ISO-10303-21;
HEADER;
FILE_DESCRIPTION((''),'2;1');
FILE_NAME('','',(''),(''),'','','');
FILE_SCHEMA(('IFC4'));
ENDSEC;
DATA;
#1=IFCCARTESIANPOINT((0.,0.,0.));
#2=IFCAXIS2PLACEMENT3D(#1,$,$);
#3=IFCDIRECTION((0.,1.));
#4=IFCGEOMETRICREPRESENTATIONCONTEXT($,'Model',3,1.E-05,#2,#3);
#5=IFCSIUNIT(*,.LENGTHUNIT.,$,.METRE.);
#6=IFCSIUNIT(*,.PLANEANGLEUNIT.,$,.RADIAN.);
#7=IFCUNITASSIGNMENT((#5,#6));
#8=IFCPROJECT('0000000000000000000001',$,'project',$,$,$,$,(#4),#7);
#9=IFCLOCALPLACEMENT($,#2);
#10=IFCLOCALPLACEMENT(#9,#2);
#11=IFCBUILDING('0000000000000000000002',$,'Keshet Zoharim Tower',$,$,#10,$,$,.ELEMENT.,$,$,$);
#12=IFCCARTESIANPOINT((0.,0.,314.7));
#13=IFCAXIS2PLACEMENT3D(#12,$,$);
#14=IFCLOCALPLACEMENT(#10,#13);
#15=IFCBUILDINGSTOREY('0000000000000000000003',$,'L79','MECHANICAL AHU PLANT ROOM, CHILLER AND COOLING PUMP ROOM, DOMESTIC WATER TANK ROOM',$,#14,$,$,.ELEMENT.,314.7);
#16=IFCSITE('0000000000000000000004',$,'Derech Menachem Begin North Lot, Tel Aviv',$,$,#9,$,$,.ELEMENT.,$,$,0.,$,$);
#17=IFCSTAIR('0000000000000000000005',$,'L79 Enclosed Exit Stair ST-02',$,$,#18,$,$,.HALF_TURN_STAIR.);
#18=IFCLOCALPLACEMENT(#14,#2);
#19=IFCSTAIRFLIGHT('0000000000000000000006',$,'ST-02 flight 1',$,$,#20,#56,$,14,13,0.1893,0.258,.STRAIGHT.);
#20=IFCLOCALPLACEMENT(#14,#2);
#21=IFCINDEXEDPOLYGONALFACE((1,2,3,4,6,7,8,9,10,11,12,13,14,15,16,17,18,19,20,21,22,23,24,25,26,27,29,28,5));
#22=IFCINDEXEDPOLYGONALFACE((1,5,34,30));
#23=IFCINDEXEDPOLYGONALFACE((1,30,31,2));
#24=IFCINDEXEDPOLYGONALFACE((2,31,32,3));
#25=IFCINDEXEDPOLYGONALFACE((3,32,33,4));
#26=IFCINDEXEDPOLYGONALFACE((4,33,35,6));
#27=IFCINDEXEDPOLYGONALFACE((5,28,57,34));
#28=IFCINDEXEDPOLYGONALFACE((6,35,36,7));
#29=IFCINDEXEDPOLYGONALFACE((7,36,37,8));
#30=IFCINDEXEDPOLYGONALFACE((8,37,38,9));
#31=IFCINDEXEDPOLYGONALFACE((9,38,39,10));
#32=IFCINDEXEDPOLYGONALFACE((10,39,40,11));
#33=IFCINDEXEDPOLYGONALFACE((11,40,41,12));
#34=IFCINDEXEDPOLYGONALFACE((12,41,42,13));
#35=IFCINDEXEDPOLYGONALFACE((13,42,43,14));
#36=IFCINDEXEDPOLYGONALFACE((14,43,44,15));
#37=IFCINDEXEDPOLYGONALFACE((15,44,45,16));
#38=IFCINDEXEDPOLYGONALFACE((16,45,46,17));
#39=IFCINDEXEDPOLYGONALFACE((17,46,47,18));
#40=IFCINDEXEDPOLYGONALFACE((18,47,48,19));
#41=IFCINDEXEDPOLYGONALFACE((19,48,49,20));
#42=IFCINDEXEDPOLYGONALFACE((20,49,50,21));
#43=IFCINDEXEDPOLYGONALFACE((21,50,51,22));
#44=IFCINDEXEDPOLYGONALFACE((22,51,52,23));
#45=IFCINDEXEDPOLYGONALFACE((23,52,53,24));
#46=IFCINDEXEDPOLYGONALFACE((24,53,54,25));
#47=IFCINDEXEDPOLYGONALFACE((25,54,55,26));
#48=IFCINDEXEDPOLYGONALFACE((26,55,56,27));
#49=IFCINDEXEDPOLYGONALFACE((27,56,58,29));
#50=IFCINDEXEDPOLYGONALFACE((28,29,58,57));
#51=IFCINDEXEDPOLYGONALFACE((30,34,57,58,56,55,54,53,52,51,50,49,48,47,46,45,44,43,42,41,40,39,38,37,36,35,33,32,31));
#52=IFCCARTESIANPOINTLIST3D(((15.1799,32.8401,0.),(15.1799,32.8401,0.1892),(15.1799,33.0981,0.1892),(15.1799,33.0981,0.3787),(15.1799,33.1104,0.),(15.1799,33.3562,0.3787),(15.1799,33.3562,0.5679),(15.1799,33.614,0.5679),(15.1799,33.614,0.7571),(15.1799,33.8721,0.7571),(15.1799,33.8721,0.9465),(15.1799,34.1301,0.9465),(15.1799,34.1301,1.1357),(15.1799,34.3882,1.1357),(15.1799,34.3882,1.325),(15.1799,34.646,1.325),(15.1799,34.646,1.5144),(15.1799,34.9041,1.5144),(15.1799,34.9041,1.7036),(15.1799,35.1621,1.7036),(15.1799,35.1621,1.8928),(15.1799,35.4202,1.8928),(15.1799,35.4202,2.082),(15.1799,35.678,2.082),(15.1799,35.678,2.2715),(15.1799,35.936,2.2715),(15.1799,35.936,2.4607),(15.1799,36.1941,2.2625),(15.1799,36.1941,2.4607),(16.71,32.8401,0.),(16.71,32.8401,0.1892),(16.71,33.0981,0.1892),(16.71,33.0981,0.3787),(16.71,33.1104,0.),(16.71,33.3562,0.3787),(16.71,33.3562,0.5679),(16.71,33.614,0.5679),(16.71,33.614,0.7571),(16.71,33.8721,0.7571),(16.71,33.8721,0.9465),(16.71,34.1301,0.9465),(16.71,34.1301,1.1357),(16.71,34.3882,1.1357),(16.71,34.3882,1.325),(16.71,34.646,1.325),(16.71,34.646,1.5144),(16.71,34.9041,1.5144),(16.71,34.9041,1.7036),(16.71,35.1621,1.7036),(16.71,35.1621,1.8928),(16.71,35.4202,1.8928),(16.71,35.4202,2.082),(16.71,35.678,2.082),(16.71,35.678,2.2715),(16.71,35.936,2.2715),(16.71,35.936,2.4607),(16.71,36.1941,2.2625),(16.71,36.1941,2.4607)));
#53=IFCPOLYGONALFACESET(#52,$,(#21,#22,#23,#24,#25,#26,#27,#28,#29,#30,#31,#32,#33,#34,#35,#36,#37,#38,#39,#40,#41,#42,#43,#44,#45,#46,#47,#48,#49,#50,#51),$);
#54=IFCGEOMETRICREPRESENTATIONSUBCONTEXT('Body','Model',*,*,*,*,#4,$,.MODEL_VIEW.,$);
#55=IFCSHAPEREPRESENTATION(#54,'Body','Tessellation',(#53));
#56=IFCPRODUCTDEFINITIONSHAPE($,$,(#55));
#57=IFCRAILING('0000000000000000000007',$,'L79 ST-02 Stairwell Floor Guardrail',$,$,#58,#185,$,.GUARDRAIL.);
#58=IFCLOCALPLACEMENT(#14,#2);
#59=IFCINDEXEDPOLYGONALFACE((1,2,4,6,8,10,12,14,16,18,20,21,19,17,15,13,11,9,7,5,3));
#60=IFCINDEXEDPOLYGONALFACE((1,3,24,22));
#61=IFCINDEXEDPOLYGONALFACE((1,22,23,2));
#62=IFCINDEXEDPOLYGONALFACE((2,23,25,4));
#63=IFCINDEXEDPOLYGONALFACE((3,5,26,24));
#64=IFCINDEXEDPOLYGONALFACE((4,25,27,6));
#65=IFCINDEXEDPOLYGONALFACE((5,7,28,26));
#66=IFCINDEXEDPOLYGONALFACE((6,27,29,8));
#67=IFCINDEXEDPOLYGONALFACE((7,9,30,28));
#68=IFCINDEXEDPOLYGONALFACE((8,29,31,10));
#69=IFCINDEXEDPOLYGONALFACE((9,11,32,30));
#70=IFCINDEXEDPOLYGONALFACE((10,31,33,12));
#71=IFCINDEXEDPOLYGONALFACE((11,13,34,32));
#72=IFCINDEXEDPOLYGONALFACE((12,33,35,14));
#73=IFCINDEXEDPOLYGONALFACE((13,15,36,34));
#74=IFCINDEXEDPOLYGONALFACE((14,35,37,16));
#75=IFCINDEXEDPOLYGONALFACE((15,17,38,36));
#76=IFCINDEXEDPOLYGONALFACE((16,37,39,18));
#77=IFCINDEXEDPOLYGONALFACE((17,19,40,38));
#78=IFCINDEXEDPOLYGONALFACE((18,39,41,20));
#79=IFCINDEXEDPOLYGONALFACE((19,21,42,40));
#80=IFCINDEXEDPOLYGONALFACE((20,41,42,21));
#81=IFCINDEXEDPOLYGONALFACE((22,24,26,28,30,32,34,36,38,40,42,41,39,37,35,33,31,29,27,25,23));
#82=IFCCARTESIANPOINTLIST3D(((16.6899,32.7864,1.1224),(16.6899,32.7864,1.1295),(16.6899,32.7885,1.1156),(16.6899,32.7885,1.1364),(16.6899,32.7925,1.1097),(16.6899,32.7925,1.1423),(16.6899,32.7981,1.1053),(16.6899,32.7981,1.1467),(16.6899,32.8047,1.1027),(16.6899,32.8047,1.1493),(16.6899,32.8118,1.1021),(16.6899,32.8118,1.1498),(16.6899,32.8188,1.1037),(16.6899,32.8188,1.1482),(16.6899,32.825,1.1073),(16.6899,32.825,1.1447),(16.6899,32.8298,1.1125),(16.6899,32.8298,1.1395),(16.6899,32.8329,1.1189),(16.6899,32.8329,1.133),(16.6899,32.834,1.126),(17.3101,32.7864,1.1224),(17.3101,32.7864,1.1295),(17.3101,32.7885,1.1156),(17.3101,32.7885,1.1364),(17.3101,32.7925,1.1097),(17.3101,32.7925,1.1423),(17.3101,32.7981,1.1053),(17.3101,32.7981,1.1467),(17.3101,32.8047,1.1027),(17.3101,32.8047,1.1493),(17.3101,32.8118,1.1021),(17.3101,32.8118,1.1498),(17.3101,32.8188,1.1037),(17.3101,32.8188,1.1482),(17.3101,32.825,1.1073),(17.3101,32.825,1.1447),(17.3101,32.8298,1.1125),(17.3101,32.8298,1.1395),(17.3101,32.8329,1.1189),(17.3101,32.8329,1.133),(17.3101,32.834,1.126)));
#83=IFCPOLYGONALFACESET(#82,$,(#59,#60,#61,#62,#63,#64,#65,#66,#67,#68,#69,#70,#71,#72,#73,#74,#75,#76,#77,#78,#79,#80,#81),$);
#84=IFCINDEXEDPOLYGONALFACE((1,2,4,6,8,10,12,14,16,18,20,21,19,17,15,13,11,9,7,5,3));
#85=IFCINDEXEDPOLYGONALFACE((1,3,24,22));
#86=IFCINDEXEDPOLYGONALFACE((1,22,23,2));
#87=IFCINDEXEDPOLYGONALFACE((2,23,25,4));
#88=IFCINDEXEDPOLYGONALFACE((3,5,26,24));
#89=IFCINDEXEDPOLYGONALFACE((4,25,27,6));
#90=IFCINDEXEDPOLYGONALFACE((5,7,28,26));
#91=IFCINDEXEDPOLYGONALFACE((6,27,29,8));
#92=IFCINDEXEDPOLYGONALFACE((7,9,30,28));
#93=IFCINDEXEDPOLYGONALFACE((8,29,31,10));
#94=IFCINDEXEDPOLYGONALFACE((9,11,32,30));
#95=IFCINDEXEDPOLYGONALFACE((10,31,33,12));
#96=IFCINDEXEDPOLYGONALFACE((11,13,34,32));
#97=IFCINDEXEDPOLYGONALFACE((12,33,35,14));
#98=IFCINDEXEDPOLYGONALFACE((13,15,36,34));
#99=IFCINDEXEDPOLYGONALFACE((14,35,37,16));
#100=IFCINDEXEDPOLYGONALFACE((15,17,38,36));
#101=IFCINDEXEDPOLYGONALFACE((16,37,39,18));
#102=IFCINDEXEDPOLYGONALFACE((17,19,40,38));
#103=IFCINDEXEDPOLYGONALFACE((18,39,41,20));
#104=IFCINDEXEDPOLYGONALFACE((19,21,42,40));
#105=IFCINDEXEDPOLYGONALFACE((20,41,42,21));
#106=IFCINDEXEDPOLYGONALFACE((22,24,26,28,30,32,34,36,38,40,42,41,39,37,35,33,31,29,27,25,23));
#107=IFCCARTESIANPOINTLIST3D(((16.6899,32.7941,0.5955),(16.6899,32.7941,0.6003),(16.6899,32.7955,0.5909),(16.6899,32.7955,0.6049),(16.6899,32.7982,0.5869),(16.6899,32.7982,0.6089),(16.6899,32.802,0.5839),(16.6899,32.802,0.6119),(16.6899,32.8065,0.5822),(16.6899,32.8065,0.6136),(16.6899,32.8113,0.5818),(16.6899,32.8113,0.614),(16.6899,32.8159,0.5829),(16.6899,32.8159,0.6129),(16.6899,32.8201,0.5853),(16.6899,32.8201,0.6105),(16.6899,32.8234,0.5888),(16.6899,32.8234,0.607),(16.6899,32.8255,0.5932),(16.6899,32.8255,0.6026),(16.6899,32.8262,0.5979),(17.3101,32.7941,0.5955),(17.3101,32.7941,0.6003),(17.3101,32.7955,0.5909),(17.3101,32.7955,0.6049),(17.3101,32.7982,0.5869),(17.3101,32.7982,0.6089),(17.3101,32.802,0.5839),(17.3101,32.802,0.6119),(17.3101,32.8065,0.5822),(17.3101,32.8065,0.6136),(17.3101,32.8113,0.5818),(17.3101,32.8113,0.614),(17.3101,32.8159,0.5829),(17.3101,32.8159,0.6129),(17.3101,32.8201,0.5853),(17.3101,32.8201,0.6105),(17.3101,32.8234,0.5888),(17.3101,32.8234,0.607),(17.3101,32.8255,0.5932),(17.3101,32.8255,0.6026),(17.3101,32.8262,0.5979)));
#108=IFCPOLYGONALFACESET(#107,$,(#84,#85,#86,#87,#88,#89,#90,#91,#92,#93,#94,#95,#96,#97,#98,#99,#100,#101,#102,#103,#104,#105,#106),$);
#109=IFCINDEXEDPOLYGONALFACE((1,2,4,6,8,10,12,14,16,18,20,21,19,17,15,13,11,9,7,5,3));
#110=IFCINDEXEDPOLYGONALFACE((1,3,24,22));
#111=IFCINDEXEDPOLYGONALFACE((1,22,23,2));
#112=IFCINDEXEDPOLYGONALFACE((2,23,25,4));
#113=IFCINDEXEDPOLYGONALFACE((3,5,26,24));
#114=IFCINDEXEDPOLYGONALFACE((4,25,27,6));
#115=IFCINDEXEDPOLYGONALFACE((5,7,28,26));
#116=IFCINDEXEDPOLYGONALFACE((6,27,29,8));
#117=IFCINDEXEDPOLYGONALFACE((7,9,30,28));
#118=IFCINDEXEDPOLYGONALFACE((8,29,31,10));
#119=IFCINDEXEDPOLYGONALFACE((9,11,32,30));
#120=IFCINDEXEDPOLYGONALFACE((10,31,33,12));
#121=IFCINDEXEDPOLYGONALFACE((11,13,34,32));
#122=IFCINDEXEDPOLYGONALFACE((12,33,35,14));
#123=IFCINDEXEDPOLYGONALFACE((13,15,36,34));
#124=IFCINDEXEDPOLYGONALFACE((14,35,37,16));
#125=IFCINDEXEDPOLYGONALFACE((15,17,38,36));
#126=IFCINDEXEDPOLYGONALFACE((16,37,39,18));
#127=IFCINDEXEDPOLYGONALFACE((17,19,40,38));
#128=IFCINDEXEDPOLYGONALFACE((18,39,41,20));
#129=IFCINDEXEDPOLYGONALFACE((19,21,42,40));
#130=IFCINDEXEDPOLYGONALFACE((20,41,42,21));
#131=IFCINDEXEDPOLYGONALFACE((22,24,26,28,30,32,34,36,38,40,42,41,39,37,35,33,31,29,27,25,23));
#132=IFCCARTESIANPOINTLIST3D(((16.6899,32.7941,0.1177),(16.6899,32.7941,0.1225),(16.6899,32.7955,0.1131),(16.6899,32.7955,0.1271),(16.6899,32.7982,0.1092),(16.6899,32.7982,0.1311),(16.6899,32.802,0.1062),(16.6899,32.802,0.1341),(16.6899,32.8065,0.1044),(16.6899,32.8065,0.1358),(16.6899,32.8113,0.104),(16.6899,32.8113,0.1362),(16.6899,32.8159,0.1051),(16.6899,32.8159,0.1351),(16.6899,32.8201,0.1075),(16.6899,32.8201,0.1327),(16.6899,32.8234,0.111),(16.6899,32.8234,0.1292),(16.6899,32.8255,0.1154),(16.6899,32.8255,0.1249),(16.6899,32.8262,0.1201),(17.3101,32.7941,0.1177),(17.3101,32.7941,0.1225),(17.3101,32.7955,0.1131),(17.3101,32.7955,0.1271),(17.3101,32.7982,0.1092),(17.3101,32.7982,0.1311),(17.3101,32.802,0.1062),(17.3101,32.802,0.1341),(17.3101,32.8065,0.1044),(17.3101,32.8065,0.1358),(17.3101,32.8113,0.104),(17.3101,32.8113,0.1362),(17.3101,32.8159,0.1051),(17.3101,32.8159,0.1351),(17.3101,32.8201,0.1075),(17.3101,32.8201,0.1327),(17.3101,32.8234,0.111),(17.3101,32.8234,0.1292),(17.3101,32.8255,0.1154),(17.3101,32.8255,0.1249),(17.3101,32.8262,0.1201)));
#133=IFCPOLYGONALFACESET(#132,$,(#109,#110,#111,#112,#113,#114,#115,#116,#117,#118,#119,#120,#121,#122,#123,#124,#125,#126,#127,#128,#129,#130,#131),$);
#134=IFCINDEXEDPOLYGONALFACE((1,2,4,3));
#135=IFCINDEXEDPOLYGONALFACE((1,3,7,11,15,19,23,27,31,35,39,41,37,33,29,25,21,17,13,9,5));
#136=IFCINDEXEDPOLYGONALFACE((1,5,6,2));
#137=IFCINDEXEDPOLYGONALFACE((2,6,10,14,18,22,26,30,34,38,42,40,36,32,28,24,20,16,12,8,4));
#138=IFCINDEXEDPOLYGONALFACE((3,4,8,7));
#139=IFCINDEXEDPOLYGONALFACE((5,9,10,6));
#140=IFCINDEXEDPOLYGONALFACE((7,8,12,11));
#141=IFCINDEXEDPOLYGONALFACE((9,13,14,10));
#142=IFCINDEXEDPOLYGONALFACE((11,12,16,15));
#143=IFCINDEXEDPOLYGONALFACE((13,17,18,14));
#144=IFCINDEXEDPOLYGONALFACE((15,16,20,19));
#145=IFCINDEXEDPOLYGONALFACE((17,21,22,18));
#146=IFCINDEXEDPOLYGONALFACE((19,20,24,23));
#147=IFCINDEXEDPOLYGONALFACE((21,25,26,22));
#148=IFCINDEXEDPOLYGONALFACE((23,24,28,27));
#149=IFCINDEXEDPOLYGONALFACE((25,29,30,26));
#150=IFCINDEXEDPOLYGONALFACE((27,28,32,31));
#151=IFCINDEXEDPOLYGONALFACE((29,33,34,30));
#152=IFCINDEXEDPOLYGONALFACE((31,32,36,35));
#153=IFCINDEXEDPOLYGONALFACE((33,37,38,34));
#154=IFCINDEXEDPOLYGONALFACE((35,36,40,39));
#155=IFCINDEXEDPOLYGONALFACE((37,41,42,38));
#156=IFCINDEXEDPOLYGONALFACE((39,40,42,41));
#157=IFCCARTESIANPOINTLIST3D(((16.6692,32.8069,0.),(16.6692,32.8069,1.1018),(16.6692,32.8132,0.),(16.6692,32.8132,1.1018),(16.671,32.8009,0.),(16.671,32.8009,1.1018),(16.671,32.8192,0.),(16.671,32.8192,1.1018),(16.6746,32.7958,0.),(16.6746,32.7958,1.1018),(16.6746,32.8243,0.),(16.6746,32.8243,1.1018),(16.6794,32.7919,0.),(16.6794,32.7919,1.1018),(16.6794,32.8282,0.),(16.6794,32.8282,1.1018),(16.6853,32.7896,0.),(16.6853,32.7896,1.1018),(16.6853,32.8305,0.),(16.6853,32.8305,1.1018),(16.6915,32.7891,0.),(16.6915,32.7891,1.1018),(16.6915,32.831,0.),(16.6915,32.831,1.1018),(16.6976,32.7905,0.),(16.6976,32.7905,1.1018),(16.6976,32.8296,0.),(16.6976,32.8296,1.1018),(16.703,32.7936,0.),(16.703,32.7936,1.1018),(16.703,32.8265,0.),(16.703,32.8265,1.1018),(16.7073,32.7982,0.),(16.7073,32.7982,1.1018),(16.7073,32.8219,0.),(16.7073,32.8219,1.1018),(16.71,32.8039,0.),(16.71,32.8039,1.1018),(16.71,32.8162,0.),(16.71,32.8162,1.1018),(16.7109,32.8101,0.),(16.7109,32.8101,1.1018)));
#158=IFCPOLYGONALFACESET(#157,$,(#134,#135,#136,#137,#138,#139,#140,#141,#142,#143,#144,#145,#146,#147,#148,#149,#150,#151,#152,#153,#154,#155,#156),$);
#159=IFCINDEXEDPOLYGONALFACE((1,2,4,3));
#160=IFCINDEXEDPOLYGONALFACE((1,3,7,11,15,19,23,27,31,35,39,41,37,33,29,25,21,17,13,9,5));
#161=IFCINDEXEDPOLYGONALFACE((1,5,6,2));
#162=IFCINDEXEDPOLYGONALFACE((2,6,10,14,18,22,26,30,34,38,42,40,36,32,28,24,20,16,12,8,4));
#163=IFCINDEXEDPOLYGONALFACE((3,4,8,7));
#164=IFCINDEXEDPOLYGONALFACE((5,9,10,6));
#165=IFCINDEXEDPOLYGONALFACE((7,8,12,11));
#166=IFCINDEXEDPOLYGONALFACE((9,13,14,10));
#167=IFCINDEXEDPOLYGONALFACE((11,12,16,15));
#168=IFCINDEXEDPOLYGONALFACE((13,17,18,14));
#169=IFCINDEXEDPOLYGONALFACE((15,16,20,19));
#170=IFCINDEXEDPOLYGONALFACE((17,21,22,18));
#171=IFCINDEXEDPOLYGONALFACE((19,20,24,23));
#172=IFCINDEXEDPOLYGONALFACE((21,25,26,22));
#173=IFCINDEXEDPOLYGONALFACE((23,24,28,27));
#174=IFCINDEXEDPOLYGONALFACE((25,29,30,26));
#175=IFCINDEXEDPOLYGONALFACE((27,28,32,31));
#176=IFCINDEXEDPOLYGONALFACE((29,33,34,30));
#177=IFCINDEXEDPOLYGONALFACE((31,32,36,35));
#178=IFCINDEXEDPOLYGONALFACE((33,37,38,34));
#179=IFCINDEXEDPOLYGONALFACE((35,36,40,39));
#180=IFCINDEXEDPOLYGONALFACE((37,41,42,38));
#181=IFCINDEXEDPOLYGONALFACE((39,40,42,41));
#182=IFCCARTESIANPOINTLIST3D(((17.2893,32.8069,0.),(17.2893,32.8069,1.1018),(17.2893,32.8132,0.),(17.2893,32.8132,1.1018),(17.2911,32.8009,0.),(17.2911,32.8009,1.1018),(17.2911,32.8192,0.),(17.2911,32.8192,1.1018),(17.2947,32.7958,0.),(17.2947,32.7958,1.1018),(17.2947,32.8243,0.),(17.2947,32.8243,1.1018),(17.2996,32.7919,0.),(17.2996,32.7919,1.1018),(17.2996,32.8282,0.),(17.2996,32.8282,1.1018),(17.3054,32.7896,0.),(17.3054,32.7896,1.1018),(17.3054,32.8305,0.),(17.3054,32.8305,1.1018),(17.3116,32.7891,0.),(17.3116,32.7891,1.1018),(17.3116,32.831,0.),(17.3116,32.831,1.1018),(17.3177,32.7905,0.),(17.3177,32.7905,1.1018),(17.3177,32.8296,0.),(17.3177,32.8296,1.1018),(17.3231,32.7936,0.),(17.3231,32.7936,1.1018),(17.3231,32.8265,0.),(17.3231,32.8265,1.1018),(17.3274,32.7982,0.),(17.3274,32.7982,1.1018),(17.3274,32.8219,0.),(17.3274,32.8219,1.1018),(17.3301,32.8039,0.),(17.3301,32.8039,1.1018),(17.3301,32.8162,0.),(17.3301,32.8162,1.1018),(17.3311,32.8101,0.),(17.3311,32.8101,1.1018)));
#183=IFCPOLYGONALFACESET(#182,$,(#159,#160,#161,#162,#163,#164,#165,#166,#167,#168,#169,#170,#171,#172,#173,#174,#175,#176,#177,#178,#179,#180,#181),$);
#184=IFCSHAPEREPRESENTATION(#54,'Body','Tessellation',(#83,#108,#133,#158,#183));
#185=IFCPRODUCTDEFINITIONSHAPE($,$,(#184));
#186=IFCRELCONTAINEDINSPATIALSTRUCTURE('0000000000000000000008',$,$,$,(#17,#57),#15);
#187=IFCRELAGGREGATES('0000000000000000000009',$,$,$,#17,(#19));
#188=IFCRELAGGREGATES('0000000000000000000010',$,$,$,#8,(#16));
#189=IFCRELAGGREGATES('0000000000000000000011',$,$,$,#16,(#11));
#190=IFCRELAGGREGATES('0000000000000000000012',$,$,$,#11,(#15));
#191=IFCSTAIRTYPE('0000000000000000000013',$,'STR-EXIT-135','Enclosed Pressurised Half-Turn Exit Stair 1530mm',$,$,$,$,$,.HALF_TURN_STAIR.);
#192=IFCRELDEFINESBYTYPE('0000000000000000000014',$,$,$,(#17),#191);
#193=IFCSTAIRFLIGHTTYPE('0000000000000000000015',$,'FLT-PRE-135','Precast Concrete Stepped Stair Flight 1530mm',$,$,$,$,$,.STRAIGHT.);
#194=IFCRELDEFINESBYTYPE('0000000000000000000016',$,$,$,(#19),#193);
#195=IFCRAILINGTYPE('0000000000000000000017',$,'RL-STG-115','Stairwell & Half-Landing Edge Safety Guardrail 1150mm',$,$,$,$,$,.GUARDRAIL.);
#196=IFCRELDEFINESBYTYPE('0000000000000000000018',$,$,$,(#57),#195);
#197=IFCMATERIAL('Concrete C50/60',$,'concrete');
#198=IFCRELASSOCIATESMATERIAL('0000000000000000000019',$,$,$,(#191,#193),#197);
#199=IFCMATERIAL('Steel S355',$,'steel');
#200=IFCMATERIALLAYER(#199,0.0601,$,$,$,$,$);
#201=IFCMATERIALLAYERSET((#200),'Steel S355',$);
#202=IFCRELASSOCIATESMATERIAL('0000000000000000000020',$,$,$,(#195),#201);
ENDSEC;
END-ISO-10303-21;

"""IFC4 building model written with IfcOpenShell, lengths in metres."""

from ifc_helpers import new_model, si_unit, direction, frame, origin, origin_2d, place, context, subcontext, project, spatial, polyline, circle, outline, extrude, material, layer, layer_set, type_object, element, aggregate, save


model = new_model("IFC4")

# Units and contexts
model_context = context("Model", 3, precision=1e-05, world=origin(), true_north=direction((0.0, 1.0)))
body_context = subcontext(model_context, "Body", "Model", "MODEL_VIEW")
ifc_project = project(units=[si_unit("LENGTHUNIT", "METRE"), si_unit("PLANEANGLEUNIT", "RADIAN")], contexts=[model_context])

# Site, building, storey
site_placement = place(None, origin())
site = spatial("IfcSite", under=ifc_project, at=site_placement, Name="Derech Menachem Begin North Lot, Tel Aviv", CompositionType="ELEMENT", RefElevation=0.0)
building_placement = place(site_placement, origin())
building = spatial("IfcBuilding", under=site, at=building_placement, Name="Keshet Zoharim Tower", CompositionType="ELEMENT")
storey_placement = place(building_placement, frame((0.0, 0.0, 314.7)))
storey = spatial("IfcBuildingStorey", under=building, at=storey_placement, Name="L79", Description="MECHANICAL AHU PLANT ROOM, CHILLER AND COOLING PUMP ROOM, DOMESTIC WATER TANK ROOM", CompositionType="ELEMENT", Elevation=314.7)

# Shared definitions
ifc_material_1 = material(Name="Steel S355", Category="steel")

# Stair, stair flight
ifc_material_2 = material(Name="Concrete C50/60", Category="concrete")
stair_type = type_object("IfcStairType", Name="STR-EXIT-135", Description="Enclosed Pressurised Half-Turn Exit Stair 1530mm", PredefinedType="HALF_TURN_STAIR", material=ifc_material_2)
stair_placement = place(storey_placement, origin())
stair = element("IfcStair", 1, at=stair_placement, inside=storey, type_object=stair_type, Name="L79 Enclosed Exit Stair ST-02", PredefinedType="HALF_TURN_STAIR")
stair_flight_type = type_object("IfcStairFlightType", Name="FLT-PRE-135", Description="Precast Concrete Stepped Stair Flight 1530mm", PredefinedType="STRAIGHT", material=ifc_material_2)
stair_flight_placement = place(storey_placement, frame((15.9451, 32.8401, 0.0), z_axis=(0.0, 0.0, 1.0), x_axis=(0.0, 1.0, 0.0)))
stair_flight = element("IfcStairFlight", 2, at=stair_flight_placement, type_object=stair_flight_type, Name="ST-02 flight 1", NumberOfRisers=14, NumberOfTreads=13, PredefinedType="STRAIGHT", RiserHeight=0.1893, TreadLength=0.258, context=body_context, shape_type="SweptSolid", body=[
    extrude(outline(polyline([(0.0, 0.0), (0.0, 0.1892), (0.2581, 0.1892), (0.2581, 0.3787), (0.5161, 0.3787), (0.5161, 0.5679), (0.7739, 0.5679), (0.7739, 0.7571), (1.032, 0.7571), (1.032, 0.9465), (1.29, 0.9465), (1.29, 1.1357), (1.5481, 1.1357), (1.5481, 1.325), (1.8059, 1.325), (1.8059, 1.5144), (2.064, 1.5144), (2.064, 1.7036), (2.322, 1.7036), (2.322, 1.8928), (2.5801, 1.8928), (2.5801, 2.082), (2.8379, 2.082), (2.8379, 2.2715), (3.0959, 2.2715), (3.0959, 2.4607), (3.354, 2.4607), (3.354, 2.6499), (3.354, 2.2625), (0.2703, 0.0), (0.0, 0.0)])), frame((0.0, 0.7651, 0.0), z_axis=(0.0, -1.0, 0.0), x_axis=(1.0, 0.0, 0.0)), (0.0, 0.0, 1.0), 1.53),
])
aggregate(stair, [stair_flight])

# Railing
ifc_layer_1 = layer(ifc_material_1, 0.0601)
ifc_layer_set_1 = layer_set([ifc_layer_1], Name="Steel S355")
railing_type_1 = type_object("IfcRailingType", Name="RL-STG-115", Description="Stairwell & Half-Landing Edge Safety Guardrail 1150mm", PredefinedType="GUARDRAIL", material=ifc_layer_set_1)
railing_1_placement = place(storey_placement, frame((16.6899, 32.8101, 0.0)))
element("IfcRailing", 3, at=railing_1_placement, inside=storey, type_object=railing_type_1, Name="L79 ST-02 Stairwell Floor Guardrail", PredefinedType="GUARDRAIL", context=body_context, shape_type="SweptSolid", body=[
    extrude(circle(Radius=0.0239, at=origin_2d()), frame((0.0, 0.0, 1.126), z_axis=(1.0, 0.0, 0.0), x_axis=(0.0, 1.0, 0.0)), (0.0, 0.0, 1.0), 0.6201),
    extrude(circle(Radius=0.0161, at=origin_2d()), frame((0.0, 0.0, 0.5979), z_axis=(1.0, 0.0, 0.0), x_axis=(0.0, 1.0, 0.0)), (0.0, 0.0, 1.0), 0.6201),
    extrude(circle(Radius=0.0161, at=origin_2d()), frame((0.0, 0.0, 0.1201), z_axis=(1.0, 0.0, 0.0), x_axis=(0.0, 1.0, 0.0)), (0.0, 0.0, 1.0), 0.6201),
    extrude(circle(Radius=0.021, at=origin_2d()), origin(), (0.0, 0.0, 1.0), 1.1018),
    extrude(circle(Radius=0.021, at=origin_2d()), frame((0.6201, 0.0, 0.0)), (0.0, 0.0, 1.0), 1.1018),
])

save(model, "model.ifc")
